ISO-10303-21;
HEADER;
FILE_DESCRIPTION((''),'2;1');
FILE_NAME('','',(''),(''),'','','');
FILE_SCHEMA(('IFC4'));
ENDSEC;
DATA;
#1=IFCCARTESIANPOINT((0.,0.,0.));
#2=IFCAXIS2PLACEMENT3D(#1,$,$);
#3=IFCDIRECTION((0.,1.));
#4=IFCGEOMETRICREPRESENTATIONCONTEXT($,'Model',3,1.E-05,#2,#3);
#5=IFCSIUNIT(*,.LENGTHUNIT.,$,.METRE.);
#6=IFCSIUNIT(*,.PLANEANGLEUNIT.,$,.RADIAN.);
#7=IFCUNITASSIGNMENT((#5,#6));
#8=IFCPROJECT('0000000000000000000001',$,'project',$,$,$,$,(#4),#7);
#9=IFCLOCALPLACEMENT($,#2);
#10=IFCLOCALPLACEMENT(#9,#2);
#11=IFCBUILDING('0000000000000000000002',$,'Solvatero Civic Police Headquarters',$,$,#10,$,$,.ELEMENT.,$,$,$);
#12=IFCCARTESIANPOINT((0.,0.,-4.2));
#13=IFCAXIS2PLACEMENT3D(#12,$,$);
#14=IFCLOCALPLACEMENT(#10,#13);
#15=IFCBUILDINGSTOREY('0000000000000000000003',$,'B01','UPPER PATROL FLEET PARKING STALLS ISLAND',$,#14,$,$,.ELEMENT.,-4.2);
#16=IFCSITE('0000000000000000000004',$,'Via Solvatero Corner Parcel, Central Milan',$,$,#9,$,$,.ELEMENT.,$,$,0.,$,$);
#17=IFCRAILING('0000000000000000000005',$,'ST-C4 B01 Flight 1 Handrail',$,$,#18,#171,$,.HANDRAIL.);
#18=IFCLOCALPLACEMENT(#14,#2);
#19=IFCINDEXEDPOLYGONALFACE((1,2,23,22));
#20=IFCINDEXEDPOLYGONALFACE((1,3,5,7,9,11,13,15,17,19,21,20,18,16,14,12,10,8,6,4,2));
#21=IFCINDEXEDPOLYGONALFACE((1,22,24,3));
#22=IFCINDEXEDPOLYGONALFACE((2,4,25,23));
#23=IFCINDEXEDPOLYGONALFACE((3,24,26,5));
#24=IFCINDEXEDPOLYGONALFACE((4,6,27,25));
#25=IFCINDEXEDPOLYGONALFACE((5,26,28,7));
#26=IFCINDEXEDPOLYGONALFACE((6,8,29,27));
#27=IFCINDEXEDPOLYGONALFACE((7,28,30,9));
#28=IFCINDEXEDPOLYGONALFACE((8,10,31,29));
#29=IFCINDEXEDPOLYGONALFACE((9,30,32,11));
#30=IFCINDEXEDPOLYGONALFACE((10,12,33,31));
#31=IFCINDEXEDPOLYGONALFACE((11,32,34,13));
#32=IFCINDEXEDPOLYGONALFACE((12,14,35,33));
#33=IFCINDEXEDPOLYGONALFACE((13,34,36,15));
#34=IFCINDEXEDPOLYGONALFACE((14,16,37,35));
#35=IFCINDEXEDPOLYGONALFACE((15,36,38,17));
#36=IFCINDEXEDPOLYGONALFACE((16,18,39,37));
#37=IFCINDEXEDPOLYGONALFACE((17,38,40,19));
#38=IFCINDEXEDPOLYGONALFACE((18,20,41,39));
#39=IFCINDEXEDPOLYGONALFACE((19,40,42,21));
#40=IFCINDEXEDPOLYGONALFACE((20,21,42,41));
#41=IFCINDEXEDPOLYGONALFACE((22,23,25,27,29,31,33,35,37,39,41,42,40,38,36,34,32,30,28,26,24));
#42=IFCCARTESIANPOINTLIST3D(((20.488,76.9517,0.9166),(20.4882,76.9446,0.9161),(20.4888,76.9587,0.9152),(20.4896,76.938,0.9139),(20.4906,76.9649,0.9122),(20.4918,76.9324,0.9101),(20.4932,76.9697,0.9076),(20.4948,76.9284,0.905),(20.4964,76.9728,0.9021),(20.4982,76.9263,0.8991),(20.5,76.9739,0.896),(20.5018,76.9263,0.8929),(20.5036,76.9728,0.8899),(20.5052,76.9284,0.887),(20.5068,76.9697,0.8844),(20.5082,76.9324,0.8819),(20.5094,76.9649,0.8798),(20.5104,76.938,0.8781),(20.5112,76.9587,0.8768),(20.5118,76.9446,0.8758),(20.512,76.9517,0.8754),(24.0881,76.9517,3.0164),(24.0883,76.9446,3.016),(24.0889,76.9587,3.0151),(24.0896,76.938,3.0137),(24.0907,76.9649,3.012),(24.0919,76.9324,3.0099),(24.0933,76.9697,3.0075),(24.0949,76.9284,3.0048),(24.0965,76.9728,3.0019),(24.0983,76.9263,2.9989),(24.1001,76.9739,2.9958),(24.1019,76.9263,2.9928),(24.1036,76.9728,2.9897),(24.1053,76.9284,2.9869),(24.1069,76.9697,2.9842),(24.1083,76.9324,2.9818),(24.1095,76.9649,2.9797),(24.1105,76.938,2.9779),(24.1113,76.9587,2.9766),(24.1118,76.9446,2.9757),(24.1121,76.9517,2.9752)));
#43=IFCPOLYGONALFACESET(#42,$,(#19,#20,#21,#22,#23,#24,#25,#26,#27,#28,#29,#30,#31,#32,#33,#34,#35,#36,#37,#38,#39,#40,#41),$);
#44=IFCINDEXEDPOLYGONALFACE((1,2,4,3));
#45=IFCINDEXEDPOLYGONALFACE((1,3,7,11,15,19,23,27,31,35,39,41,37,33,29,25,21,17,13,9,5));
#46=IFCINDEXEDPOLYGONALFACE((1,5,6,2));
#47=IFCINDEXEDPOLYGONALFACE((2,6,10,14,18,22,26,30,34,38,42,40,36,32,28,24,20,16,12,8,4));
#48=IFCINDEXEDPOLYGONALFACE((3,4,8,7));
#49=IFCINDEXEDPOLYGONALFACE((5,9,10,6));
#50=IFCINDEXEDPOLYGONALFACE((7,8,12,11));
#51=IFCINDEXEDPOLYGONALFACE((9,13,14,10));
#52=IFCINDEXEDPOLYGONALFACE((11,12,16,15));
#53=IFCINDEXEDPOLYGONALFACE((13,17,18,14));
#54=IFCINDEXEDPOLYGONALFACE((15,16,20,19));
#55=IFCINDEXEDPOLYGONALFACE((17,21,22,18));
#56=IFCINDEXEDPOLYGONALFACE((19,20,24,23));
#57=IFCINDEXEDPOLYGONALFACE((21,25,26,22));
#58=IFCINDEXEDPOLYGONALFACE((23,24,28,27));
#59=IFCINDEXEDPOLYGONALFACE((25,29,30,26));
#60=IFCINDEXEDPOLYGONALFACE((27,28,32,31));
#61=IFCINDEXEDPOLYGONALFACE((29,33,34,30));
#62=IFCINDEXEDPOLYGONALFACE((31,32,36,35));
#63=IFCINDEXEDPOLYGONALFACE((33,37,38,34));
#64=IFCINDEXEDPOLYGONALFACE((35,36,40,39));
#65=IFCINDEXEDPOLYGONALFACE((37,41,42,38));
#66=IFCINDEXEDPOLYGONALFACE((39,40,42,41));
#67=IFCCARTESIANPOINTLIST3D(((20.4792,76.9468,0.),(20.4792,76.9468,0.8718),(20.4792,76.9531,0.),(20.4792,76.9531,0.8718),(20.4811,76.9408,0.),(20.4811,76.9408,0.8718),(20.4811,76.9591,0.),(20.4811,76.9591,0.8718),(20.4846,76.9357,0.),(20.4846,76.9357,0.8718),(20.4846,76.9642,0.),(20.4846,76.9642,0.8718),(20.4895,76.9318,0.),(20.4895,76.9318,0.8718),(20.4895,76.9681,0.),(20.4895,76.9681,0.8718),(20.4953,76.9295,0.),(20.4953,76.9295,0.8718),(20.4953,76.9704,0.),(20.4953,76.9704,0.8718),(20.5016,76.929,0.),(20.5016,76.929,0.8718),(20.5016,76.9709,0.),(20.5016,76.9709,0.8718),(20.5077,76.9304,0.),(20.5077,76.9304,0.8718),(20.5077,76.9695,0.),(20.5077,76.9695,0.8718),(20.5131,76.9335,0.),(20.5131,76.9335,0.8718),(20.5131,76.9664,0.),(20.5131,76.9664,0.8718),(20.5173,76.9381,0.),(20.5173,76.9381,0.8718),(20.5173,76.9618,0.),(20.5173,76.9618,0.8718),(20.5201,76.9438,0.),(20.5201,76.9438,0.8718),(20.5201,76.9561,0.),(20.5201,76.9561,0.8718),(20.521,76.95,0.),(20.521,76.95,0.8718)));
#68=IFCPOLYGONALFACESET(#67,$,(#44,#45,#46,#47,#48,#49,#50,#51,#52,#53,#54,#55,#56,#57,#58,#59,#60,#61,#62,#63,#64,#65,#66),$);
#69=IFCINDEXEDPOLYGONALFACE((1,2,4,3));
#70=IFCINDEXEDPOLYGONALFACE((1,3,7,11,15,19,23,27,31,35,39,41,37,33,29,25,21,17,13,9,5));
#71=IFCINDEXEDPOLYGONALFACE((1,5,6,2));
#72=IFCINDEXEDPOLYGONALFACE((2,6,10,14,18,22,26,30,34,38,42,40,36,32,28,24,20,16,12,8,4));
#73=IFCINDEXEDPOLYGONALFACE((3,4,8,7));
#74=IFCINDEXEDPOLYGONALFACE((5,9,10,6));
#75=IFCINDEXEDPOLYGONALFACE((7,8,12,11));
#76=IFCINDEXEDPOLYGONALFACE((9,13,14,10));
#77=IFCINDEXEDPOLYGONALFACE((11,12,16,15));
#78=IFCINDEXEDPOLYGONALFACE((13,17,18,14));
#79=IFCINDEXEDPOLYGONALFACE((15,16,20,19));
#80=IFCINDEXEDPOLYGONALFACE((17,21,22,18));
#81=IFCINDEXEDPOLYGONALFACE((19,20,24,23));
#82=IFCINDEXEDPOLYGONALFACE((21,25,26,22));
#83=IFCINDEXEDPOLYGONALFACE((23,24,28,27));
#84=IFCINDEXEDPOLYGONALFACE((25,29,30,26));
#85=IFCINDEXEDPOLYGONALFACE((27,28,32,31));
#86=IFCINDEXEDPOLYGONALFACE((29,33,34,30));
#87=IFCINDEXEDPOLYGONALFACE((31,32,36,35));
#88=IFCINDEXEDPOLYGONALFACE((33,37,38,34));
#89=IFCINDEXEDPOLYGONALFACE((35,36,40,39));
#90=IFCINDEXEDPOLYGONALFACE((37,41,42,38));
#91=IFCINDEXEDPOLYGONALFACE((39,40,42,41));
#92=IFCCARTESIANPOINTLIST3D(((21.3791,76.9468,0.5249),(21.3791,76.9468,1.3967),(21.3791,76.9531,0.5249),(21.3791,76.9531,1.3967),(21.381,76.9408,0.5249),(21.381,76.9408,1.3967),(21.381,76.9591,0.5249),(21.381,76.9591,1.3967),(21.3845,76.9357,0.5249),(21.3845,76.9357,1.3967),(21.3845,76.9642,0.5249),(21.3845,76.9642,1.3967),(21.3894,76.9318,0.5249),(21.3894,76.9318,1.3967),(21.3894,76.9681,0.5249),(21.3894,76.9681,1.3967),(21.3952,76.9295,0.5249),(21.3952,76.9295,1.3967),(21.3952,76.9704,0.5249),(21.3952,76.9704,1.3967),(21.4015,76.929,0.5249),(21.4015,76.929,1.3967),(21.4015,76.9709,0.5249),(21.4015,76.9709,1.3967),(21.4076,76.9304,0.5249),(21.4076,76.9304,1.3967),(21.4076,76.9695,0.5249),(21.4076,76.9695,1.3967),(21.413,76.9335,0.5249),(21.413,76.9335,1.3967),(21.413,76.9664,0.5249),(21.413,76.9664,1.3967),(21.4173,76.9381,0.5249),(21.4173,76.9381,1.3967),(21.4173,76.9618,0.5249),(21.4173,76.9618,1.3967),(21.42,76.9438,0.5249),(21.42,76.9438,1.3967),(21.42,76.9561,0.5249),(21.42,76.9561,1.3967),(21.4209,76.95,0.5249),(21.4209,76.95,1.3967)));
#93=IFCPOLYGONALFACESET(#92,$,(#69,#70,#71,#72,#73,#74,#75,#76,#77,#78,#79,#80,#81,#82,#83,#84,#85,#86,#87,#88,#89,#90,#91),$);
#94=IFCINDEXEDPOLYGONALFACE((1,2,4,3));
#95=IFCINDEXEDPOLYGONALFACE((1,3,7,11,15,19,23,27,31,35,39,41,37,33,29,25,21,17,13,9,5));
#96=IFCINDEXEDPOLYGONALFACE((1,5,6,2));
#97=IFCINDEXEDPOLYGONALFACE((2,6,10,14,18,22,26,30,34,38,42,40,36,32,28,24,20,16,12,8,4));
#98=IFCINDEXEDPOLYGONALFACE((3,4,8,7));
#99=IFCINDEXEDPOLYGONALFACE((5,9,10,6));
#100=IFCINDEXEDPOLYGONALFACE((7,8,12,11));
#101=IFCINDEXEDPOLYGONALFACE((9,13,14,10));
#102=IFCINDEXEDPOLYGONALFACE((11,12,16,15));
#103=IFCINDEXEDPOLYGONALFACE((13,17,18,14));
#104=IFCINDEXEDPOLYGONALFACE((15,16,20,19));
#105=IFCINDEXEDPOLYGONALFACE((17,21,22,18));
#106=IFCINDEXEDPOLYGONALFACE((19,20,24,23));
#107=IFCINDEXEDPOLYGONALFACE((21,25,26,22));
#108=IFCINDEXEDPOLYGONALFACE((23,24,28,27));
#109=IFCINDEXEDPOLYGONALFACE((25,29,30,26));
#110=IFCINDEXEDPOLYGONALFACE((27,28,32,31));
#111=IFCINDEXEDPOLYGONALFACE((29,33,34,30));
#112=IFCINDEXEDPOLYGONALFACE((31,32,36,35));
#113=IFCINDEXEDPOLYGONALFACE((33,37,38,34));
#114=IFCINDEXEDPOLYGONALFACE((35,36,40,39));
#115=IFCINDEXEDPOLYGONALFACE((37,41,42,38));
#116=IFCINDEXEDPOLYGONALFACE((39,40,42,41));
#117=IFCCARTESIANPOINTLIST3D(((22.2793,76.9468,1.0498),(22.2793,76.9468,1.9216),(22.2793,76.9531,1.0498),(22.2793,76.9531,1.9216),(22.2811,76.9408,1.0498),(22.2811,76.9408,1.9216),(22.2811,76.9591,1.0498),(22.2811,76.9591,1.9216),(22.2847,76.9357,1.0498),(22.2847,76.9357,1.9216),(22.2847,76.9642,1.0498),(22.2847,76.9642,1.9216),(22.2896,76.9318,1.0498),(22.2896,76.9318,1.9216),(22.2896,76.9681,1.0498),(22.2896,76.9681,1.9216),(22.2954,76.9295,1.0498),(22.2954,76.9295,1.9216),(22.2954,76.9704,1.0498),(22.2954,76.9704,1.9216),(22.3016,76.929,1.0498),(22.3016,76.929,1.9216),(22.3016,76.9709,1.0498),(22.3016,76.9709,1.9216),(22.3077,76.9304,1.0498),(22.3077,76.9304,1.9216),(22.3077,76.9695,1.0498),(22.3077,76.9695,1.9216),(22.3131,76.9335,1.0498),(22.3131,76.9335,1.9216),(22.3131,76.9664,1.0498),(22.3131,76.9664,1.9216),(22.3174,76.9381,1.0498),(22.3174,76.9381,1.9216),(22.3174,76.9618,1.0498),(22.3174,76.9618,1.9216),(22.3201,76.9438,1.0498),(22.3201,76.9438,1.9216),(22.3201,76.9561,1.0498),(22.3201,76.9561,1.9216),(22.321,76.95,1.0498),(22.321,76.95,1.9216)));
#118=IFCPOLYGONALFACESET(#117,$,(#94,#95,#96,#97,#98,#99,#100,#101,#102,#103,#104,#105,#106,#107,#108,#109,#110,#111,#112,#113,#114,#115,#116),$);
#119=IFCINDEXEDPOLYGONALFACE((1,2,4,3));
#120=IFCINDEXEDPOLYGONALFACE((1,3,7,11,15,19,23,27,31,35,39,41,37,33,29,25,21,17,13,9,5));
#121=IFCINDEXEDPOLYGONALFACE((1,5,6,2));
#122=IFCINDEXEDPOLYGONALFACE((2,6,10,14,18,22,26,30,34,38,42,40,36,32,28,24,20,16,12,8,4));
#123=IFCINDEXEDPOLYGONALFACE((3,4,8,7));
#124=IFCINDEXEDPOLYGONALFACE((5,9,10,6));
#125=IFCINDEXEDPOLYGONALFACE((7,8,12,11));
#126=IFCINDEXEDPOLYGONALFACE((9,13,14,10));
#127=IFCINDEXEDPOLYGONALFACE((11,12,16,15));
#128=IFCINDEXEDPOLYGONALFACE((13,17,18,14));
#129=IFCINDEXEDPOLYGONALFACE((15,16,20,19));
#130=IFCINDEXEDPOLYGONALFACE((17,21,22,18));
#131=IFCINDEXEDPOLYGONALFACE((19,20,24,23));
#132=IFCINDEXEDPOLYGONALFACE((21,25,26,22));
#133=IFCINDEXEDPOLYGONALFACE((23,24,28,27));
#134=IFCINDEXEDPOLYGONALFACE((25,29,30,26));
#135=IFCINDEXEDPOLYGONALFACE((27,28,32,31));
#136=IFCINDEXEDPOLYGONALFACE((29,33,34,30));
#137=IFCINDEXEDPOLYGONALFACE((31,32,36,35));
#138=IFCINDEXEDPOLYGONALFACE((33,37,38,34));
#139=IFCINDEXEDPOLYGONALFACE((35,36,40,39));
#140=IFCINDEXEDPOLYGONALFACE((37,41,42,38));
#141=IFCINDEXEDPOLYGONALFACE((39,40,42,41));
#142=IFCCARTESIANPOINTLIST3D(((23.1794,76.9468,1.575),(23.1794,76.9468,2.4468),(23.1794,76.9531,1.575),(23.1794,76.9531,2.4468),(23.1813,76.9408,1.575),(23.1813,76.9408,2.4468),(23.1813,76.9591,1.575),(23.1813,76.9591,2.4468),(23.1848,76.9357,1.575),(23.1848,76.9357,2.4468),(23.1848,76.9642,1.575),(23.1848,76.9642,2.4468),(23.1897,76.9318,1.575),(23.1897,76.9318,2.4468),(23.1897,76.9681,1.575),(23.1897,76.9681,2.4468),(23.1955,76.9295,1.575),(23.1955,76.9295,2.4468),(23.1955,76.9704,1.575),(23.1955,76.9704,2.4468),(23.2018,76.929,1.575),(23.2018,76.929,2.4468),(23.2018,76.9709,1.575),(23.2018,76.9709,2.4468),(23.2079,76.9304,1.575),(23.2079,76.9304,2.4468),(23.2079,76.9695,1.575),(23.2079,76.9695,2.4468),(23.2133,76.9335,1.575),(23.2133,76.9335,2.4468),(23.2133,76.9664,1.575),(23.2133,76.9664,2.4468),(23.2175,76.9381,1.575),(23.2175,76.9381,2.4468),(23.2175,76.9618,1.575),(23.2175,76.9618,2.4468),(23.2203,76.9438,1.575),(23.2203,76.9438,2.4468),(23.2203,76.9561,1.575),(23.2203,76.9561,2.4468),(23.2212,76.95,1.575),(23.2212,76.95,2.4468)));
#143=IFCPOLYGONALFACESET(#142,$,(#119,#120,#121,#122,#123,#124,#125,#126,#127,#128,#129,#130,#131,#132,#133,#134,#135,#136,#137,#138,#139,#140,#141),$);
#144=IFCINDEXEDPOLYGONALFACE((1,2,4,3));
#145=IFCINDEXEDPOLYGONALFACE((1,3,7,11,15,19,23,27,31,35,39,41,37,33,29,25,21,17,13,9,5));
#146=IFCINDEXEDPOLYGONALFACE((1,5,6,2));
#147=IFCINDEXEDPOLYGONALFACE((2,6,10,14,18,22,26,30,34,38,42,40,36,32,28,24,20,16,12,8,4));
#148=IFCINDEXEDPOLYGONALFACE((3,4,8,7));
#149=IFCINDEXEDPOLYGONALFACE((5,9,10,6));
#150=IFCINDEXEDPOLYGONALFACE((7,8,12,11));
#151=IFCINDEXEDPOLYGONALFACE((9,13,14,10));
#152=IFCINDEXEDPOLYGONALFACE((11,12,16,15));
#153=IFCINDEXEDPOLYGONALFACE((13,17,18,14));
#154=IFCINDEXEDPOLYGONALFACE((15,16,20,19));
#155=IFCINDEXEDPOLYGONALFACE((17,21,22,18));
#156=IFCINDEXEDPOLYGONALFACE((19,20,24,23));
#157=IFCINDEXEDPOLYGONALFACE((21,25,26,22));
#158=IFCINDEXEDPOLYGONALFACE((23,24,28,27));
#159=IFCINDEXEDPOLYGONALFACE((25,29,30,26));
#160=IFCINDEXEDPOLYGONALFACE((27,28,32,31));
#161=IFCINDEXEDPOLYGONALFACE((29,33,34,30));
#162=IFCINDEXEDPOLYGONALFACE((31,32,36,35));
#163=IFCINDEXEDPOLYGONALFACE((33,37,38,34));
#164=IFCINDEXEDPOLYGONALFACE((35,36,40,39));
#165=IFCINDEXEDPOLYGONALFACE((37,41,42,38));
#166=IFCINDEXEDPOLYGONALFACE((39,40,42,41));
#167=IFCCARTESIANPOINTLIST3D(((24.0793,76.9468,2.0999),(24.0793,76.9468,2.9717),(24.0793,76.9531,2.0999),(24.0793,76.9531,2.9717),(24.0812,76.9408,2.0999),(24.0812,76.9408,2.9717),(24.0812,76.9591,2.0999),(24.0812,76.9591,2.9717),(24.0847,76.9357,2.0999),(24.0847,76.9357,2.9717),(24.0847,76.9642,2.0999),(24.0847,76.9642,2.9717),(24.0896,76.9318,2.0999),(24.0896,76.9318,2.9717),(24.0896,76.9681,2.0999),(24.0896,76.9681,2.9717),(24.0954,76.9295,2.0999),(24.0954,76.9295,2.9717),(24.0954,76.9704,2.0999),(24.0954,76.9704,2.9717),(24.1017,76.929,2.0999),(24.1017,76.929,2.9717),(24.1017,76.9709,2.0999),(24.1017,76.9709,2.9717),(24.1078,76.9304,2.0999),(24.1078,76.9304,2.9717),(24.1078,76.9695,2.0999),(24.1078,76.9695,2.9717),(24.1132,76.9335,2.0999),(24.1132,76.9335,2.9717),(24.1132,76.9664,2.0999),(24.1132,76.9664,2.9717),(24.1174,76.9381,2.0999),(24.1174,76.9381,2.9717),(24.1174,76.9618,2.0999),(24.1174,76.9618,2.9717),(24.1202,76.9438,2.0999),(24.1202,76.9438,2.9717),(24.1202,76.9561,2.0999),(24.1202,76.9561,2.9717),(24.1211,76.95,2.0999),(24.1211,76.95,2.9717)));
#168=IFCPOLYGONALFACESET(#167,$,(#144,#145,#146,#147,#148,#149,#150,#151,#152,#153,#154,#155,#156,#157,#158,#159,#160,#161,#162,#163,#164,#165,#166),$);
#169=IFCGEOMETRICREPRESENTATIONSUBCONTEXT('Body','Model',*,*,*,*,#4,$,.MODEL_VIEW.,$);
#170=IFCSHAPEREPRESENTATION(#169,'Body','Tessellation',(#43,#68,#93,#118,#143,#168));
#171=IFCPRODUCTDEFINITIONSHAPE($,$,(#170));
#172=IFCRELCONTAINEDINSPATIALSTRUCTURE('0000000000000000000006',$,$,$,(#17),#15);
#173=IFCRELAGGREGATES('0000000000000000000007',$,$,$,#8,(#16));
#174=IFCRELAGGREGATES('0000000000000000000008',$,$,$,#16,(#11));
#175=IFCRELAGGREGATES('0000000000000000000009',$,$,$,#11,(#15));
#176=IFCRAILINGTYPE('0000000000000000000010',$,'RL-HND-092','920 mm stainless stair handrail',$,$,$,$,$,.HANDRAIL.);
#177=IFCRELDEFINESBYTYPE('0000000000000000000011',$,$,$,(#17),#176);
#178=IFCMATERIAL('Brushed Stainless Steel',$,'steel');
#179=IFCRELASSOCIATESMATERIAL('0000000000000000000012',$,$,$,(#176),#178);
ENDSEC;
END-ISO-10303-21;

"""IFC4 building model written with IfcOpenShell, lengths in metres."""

from ifc_helpers import new_model, si_unit, direction, frame, origin, origin_2d, place, context, subcontext, project, spatial, circle, extrude, material, type_object, element, save


model = new_model("IFC4")

# Units and contexts
model_context = context("Model", 3, precision=1e-05, world=origin(), true_north=direction((0.0, 1.0)))
body_context = subcontext(model_context, "Body", "Model", "MODEL_VIEW")
ifc_project = project(units=[si_unit("LENGTHUNIT", "METRE"), si_unit("PLANEANGLEUNIT", "RADIAN")], contexts=[model_context])

# Site, building, storey
site_placement = place(None, origin())
site = spatial("IfcSite", under=ifc_project, at=site_placement, Name="Via Solvatero Corner Parcel, Central Milan", CompositionType="ELEMENT", RefElevation=0.0)
building_placement = place(site_placement, origin())
building = spatial("IfcBuilding", under=site, at=building_placement, Name="Solvatero Civic Police Headquarters", CompositionType="ELEMENT")
storey_placement = place(building_placement, frame((0.0, 0.0, -4.2)))
storey = spatial("IfcBuildingStorey", under=building, at=storey_placement, Name="B01", Description="UPPER PATROL FLEET PARKING STALLS ISLAND", CompositionType="ELEMENT", Elevation=-4.2)

# Railing
ifc_material_1 = material(Name="Brushed Stainless Steel", Category="steel")
railing_type_1 = type_object("IfcRailingType", Name="RL-HND-092", Description="920 mm stainless stair handrail", PredefinedType="HANDRAIL", material=ifc_material_1)
railing_1_placement = place(storey_placement, frame((20.5, 76.95, 0.0)))
element("IfcRailing", 1, at=railing_1_placement, inside=storey, type_object=railing_type_1, Name="ST-C4 B01 Flight 1 Handrail", PredefinedType="HANDRAIL", context=body_context, shape_type="SweptSolid", body=[
    extrude(circle(Radius=0.0239, at=origin_2d()), frame((0.0, 0.0, 0.896), z_axis=(0.8638, 0.0, 0.503835), x_axis=(0.0, 1.0, 0.0)), (0.0, 0.0, 1.0), 4.1677),
    extrude(circle(Radius=0.021, at=origin_2d()), origin(), (0.0, 0.0, 1.0), 0.8718),
    extrude(circle(Radius=0.021, at=origin_2d()), frame((0.8999, 0.0, 0.5249)), (0.0, 0.0, 1.0), 0.8718),
    extrude(circle(Radius=0.021, at=origin_2d()), frame((1.8, 0.0, 1.0498)), (0.0, 0.0, 1.0), 0.8718),
    extrude(circle(Radius=0.021, at=origin_2d()), frame((2.7002, 0.0, 1.575)), (0.0, 0.0, 1.0), 0.8718),
    extrude(circle(Radius=0.021, at=origin_2d()), frame((3.6001, 0.0, 2.0999)), (0.0, 0.0, 1.0), 0.8718),
])

save(model, "model.ifc")
